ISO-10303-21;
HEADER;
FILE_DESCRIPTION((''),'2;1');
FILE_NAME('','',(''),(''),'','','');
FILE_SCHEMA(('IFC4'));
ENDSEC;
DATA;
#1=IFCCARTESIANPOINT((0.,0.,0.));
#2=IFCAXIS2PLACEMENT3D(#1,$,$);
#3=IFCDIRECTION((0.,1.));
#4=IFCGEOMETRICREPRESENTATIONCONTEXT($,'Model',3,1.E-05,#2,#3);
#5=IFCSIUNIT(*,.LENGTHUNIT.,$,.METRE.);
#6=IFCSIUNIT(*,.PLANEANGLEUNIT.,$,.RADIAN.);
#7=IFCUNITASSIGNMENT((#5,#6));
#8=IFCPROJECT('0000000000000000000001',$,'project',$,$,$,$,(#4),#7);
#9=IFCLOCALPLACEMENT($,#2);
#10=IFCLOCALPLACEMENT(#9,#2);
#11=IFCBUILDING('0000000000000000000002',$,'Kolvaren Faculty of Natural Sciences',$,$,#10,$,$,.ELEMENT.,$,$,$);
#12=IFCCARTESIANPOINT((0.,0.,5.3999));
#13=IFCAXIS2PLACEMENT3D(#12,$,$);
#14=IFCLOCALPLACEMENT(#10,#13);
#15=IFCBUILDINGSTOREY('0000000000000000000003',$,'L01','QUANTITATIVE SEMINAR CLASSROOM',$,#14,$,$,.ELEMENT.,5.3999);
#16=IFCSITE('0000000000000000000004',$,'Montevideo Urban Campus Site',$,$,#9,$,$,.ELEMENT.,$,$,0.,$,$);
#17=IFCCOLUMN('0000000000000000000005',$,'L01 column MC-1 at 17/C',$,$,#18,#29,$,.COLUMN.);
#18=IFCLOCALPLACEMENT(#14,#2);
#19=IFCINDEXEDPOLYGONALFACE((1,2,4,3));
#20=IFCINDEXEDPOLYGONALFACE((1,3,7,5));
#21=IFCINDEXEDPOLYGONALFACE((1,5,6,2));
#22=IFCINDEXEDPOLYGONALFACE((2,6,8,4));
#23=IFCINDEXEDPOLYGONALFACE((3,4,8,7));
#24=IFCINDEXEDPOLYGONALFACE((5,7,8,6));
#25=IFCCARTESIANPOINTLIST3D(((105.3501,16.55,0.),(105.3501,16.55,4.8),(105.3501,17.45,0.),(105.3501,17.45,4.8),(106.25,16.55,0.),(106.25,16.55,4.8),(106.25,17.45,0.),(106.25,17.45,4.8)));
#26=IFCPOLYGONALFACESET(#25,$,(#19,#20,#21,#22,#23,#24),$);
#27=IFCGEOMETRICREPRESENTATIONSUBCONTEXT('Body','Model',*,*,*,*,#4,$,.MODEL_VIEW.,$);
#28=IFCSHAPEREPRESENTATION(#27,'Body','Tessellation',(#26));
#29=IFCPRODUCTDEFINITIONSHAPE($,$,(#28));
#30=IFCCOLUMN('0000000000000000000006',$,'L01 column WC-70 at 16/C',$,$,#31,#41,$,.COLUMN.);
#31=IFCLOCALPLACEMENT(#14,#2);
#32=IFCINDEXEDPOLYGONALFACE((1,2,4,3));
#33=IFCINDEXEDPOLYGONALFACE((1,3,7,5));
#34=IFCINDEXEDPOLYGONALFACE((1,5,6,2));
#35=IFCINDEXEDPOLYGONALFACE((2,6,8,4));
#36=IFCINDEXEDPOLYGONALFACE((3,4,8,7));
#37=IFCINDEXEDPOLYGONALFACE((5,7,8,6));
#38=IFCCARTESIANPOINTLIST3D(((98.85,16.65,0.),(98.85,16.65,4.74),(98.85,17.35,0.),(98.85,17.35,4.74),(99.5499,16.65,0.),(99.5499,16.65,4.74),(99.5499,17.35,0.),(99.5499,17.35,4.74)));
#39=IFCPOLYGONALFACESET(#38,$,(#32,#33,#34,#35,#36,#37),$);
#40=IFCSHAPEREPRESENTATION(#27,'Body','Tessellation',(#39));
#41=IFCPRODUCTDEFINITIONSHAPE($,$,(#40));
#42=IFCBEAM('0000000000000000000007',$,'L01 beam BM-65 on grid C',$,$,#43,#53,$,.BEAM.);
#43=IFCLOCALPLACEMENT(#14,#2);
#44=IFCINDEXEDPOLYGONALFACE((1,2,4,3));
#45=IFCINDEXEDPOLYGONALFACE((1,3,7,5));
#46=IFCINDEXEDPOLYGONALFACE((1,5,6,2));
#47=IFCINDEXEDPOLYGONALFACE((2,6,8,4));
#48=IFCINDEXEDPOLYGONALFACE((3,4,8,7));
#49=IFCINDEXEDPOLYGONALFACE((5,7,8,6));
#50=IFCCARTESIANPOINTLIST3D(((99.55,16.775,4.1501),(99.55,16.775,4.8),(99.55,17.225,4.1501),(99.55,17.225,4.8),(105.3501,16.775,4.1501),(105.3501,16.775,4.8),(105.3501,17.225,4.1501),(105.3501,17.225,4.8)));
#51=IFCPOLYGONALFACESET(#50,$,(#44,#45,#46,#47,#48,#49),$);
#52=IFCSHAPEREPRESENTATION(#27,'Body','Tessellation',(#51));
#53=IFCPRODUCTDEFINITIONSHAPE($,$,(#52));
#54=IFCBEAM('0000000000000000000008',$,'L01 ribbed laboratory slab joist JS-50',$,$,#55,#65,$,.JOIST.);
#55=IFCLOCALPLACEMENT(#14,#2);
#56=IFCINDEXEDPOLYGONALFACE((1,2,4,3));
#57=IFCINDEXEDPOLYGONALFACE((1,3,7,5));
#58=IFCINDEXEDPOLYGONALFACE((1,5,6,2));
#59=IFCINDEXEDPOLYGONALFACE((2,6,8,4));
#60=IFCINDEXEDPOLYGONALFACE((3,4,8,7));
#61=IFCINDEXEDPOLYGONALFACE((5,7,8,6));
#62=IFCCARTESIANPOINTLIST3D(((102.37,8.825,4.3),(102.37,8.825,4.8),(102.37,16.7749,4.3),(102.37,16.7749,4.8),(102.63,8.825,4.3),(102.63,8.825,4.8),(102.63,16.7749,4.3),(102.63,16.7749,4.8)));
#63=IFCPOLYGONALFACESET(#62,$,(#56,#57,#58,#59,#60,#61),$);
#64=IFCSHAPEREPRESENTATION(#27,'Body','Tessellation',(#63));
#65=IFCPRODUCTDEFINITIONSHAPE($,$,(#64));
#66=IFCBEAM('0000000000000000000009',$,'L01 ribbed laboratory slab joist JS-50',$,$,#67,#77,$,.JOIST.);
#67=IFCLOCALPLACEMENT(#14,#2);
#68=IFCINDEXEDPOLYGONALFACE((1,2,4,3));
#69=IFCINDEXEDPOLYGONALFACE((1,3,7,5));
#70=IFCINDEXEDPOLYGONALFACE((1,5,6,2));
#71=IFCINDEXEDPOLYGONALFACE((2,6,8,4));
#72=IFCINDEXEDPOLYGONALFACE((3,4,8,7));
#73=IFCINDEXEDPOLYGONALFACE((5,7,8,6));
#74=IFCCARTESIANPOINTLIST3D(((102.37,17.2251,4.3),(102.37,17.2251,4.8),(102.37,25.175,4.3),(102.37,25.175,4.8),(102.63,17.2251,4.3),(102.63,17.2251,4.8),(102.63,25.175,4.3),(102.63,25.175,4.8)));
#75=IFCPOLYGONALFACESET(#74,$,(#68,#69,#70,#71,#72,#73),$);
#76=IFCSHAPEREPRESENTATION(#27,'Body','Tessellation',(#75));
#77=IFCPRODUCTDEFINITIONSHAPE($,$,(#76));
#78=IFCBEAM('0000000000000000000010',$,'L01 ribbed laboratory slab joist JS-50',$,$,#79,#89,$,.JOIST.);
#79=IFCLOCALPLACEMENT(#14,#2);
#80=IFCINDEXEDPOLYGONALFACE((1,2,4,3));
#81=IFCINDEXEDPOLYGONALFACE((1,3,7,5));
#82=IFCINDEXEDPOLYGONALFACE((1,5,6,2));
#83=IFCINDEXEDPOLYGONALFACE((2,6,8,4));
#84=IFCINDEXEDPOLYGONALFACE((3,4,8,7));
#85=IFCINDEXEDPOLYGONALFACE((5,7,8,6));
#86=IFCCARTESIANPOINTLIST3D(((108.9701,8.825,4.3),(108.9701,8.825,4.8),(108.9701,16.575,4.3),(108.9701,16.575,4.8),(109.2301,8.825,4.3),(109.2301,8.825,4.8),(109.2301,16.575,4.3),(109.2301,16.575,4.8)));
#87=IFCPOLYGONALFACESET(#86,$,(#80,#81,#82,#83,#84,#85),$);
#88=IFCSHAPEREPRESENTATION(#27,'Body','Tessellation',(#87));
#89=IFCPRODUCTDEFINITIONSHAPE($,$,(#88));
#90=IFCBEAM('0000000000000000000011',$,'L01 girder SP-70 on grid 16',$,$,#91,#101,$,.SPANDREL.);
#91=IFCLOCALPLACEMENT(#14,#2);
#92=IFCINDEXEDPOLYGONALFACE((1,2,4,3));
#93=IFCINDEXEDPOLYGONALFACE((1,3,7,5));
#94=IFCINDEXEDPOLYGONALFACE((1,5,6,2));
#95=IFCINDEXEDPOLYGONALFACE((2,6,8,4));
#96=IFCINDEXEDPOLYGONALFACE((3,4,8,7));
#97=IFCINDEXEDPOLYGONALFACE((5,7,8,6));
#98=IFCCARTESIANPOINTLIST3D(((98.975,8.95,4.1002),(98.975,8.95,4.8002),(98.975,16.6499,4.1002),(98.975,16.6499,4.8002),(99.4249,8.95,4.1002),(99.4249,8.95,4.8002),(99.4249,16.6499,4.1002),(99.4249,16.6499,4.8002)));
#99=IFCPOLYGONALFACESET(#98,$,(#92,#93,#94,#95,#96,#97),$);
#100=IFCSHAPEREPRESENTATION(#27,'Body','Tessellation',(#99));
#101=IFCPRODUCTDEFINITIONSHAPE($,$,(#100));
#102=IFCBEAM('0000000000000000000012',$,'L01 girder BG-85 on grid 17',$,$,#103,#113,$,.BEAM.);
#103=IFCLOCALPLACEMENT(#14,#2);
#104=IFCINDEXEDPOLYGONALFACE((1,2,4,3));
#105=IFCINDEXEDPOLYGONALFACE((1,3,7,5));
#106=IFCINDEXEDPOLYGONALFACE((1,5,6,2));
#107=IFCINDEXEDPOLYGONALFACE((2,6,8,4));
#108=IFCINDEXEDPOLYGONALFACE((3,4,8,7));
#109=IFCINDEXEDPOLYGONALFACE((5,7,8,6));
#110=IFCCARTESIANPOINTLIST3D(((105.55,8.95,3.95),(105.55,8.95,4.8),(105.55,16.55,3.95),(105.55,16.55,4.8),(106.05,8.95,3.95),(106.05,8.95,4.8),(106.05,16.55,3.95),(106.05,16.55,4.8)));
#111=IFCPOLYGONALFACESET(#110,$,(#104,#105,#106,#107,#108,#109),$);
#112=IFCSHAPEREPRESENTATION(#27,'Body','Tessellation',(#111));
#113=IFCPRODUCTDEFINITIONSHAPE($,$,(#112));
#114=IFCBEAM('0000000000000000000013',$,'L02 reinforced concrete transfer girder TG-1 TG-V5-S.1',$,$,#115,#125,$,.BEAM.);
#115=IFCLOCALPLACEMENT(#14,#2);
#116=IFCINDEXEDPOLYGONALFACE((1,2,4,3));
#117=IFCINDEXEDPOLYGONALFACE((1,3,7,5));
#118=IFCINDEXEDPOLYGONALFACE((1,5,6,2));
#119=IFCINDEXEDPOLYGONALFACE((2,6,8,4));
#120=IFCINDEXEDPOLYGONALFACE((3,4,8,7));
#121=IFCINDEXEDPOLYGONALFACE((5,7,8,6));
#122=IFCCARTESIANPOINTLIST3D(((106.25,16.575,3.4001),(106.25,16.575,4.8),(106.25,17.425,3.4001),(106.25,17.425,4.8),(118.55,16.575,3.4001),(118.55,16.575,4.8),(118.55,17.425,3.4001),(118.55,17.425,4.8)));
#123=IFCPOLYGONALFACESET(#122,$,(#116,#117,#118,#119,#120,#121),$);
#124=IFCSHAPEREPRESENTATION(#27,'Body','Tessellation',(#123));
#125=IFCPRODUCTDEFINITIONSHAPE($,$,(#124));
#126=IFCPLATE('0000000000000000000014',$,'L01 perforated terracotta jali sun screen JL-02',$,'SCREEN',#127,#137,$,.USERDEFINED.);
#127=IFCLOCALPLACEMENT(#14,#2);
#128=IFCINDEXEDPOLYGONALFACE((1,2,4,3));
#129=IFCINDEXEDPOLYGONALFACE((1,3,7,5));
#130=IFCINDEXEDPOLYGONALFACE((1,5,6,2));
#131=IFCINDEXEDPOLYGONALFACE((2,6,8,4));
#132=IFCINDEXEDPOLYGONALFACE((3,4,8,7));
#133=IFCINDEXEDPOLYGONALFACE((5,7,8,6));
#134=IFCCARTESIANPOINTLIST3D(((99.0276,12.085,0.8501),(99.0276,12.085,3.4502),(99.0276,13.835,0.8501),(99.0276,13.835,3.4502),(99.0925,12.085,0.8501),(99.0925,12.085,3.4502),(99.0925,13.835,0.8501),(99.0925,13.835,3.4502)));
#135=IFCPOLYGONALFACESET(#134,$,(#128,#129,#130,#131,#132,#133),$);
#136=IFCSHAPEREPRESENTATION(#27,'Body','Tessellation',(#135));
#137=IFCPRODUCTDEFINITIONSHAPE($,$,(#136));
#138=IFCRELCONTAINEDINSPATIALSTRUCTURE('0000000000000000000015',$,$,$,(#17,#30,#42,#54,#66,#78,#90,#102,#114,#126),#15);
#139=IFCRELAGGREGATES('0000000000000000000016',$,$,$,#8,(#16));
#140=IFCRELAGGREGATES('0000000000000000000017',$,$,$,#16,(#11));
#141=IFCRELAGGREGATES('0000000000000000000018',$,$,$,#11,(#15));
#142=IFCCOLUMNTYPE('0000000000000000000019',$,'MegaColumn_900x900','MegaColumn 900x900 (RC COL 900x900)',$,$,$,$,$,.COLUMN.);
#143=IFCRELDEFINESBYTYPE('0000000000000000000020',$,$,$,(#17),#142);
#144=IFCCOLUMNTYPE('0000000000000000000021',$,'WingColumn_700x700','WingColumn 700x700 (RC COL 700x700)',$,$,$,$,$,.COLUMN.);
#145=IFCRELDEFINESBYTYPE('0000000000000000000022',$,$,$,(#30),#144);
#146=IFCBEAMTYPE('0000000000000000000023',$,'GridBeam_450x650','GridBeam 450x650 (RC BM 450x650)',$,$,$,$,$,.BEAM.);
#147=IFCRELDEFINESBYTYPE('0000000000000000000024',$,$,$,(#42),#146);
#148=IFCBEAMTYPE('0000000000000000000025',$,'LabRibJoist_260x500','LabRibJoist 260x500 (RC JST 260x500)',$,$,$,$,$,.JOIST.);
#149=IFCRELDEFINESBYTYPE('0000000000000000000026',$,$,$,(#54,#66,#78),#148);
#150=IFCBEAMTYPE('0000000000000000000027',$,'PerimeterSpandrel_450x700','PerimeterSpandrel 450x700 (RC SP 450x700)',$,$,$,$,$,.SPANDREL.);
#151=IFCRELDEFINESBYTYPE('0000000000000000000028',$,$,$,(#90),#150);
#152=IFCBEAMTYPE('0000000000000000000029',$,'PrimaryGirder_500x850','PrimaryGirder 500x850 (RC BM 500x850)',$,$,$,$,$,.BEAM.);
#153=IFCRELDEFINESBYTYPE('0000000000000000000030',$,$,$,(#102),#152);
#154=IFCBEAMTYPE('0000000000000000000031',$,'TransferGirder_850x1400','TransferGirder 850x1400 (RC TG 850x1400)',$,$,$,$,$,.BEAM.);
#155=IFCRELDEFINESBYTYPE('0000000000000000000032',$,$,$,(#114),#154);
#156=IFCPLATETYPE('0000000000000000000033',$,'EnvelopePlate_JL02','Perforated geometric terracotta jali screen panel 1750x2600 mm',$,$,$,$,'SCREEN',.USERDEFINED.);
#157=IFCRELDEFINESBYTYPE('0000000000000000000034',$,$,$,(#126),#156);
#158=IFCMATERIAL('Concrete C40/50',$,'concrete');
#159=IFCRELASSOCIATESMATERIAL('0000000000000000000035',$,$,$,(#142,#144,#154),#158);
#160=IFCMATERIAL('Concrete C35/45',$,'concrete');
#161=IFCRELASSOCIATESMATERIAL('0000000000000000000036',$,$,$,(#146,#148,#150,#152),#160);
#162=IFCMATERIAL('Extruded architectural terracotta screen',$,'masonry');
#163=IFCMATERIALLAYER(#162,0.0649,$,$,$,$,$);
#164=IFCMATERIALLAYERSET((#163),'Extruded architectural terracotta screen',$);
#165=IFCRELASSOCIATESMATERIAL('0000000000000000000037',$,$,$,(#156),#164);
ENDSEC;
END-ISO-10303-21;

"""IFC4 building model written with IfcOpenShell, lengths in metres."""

from ifc_helpers import new_model, si_unit, direction, frame, origin, origin_2d, place, context, subcontext, project, spatial, rectangle, extrude, material, layer, layer_set, material_profile, profile_set, type_object, element, save


model = new_model("IFC4")

# Units and contexts
model_context = context("Model", 3, precision=1e-05, world=origin(), true_north=direction((0.0, 1.0)))
body_context = subcontext(model_context, "Body", "Model", "MODEL_VIEW")
ifc_project = project(units=[si_unit("LENGTHUNIT", "METRE"), si_unit("PLANEANGLEUNIT", "RADIAN")], contexts=[model_context])

# Site, building, storey
site_placement = place(None, origin())
site = spatial("IfcSite", under=ifc_project, at=site_placement, Name="Montevideo Urban Campus Site", CompositionType="ELEMENT", RefElevation=0.0)
building_placement = place(site_placement, origin())
building = spatial("IfcBuilding", under=site, at=building_placement, Name="Kolvaren Faculty of Natural Sciences", CompositionType="ELEMENT")
storey_placement = place(building_placement, frame((0.0, 0.0, 5.3999)))
storey = spatial("IfcBuildingStorey", under=building, at=storey_placement, Name="L01", Description="QUANTITATIVE SEMINAR CLASSROOM", CompositionType="ELEMENT", Elevation=5.3999)

# Columns
ifc_material_1 = material(Name="Concrete C40/50", Category="concrete")
ifc_material_profile_1 = material_profile(ifc_material_1, rectangle(XDim=0.8999, YDim=0.8999, at=origin_2d()), Name="RC COL 900x900")
ifc_profile_set_1 = profile_set([ifc_material_profile_1], Name="Concrete C40/50")
column_type_1 = type_object("IfcColumnType", Name="MegaColumn_900x900", Description="MegaColumn 900x900 (RC COL 900x900)", PredefinedType="COLUMN", material=ifc_profile_set_1)
column_1_placement = place(storey_placement, frame((105.8, 17.0, 0.0), z_axis=(0.0, 0.0, 1.0), x_axis=(1.0, 0.0, 0.0)))
element("IfcColumn", 1, at=column_1_placement, inside=storey, type_object=column_type_1, Name="L01 column MC-1 at 17/C", PredefinedType="COLUMN", context=body_context, shape_type="SweptSolid", body=[
    extrude(rectangle(XDim=0.8999, YDim=0.8999, at=origin_2d()), origin(), (0.0, 0.0, 1.0), 4.8),
])
ifc_material_profile_2 = material_profile(ifc_material_1, rectangle(XDim=0.7, YDim=0.7, at=origin_2d()), Name="RC COL 700x700")
ifc_profile_set_2 = profile_set([ifc_material_profile_2], Name="Concrete C40/50")
column_type_2 = type_object("IfcColumnType", Name="WingColumn_700x700", Description="WingColumn 700x700 (RC COL 700x700)", PredefinedType="COLUMN", material=ifc_profile_set_2)
column_2_placement = place(storey_placement, frame((99.2, 17.0, 0.0), z_axis=(0.0, 0.0, 1.0), x_axis=(1.0, 0.0, 0.0)))
element("IfcColumn", 2, at=column_2_placement, inside=storey, type_object=column_type_2, Name="L01 column WC-70 at 16/C", PredefinedType="COLUMN", context=body_context, shape_type="SweptSolid", body=[
    extrude(rectangle(XDim=0.7, YDim=0.7, at=origin_2d()), origin(), (0.0, 0.0, 1.0), 4.74),
])

# Beams
ifc_material_2 = material(Name="Concrete C35/45", Category="concrete")
ifc_material_profile_3 = material_profile(ifc_material_2, rectangle(XDim=0.45, YDim=0.6499, at=origin_2d()), Name="RC BM 450x650")
ifc_profile_set_3 = profile_set([ifc_material_profile_3], Name="Concrete C35/45")
beam_type_1 = type_object("IfcBeamType", Name="GridBeam_450x650", Description="GridBeam 450x650 (RC BM 450x650)", PredefinedType="BEAM", material=ifc_profile_set_3)
beam_1_placement = place(storey_placement, frame((99.55, 17.0, 4.4751), z_axis=(1.0, 0.0, 0.0), x_axis=(0.0, 1.0, 0.0)))
element("IfcBeam", 3, at=beam_1_placement, inside=storey, type_object=beam_type_1, Name="L01 beam BM-65 on grid C", PredefinedType="BEAM", context=body_context, shape_type="SweptSolid", body=[
    extrude(rectangle(XDim=0.45, YDim=0.6499, at=origin_2d()), origin(), (0.0, 0.0, 1.0), 5.8),
])
ifc_material_profile_4 = material_profile(ifc_material_2, rectangle(XDim=0.26, YDim=0.5, at=origin_2d()), Name="RC JST 260x500")
ifc_profile_set_4 = profile_set([ifc_material_profile_4], Name="Concrete C35/45")
beam_type_2 = type_object("IfcBeamType", Name="LabRibJoist_260x500", Description="LabRibJoist 260x500 (RC JST 260x500)", PredefinedType="JOIST", material=ifc_profile_set_4)
for number, where, z_axis, x_axis, name in (
    (4, (102.5, 8.825, 4.55), (0.0, 1.0, 0.0), (-1.0, 0.0, 0.0), "L01 ribbed laboratory slab joist JS-50"),
    (5, (102.5, 17.2251, 4.55), (0.0, 1.0, 0.0), (-1.0, 0.0, 0.0), "L01 ribbed laboratory slab joist JS-50"),
):
    element("IfcBeam", number, at=place(storey_placement, frame(where, z_axis=z_axis, x_axis=x_axis)), inside=storey, type_object=beam_type_2, Name=name, PredefinedType="JOIST", context=body_context, shape_type="SweptSolid", body=[
        extrude(rectangle(XDim=0.26, YDim=0.5, at=origin_2d()), origin(), (0.0, 0.0, 1.0), 7.95),
    ])
beam_2_placement = place(storey_placement, frame((109.1001, 8.825, 4.55), z_axis=(0.0, 1.0, 0.0), x_axis=(-1.0, 0.0, 0.0)))
element("IfcBeam", 6, at=beam_2_placement, inside=storey, type_object=beam_type_2, Name="L01 ribbed laboratory slab joist JS-50", PredefinedType="JOIST", context=body_context, shape_type="SweptSolid", body=[
    extrude(rectangle(XDim=0.26, YDim=0.5, at=origin_2d()), origin(), (0.0, 0.0, 1.0), 7.75),
])
ifc_material_profile_5 = material_profile(ifc_material_2, rectangle(XDim=0.45, YDim=0.7, at=origin_2d()), Name="RC SP 450x700")
ifc_profile_set_5 = profile_set([ifc_material_profile_5], Name="Concrete C35/45")
beam_type_3 = type_object("IfcBeamType", Name="PerimeterSpandrel_450x700", Description="PerimeterSpandrel 450x700 (RC SP 450x700)", PredefinedType="SPANDREL", material=ifc_profile_set_5)
beam_3_placement = place(storey_placement, frame((99.2, 8.95, 4.4502), z_axis=(0.0, 1.0, 0.0), x_axis=(-1.0, 0.0, 0.0)))
element("IfcBeam", 7, at=beam_3_placement, inside=storey, type_object=beam_type_3, Name="L01 girder SP-70 on grid 16", PredefinedType="SPANDREL", context=body_context, shape_type="SweptSolid", body=[
    extrude(rectangle(XDim=0.45, YDim=0.7, at=origin_2d()), origin(), (0.0, 0.0, 1.0), 7.7),
])
ifc_material_profile_6 = material_profile(ifc_material_2, rectangle(XDim=0.5, YDim=0.8501, at=origin_2d()), Name="RC BM 500x850")
ifc_profile_set_6 = profile_set([ifc_material_profile_6], Name="Concrete C35/45")
beam_type_4 = type_object("IfcBeamType", Name="PrimaryGirder_500x850", Description="PrimaryGirder 500x850 (RC BM 500x850)", PredefinedType="BEAM", material=ifc_profile_set_6)
beam_4_placement = place(storey_placement, frame((105.8, 8.95, 4.375), z_axis=(0.0, 1.0, 0.0), x_axis=(-1.0, 0.0, 0.0)))
element("IfcBeam", 8, at=beam_4_placement, inside=storey, type_object=beam_type_4, Name="L01 girder BG-85 on grid 17", PredefinedType="BEAM", context=body_context, shape_type="SweptSolid", body=[
    extrude(rectangle(XDim=0.5, YDim=0.8501, at=origin_2d()), origin(), (0.0, 0.0, 1.0), 7.6001),
])
ifc_material_profile_7 = material_profile(ifc_material_1, rectangle(XDim=0.8501, YDim=1.3999, at=origin_2d()), Name="RC TG 850x1400")
ifc_profile_set_7 = profile_set([ifc_material_profile_7], Name="Concrete C40/50")
beam_type_5 = type_object("IfcBeamType", Name="TransferGirder_850x1400", Description="TransferGirder 850x1400 (RC TG 850x1400)", PredefinedType="BEAM", material=ifc_profile_set_7)
beam_5_placement = place(storey_placement, frame((106.25, 17.0, 4.1001), z_axis=(1.0, 0.0, 0.0), x_axis=(0.0, 1.0, 0.0)))
element("IfcBeam", 9, at=beam_5_placement, inside=storey, type_object=beam_type_5, Name="L02 reinforced concrete transfer girder TG-1 TG-V5-S.1", PredefinedType="BEAM", context=body_context, shape_type="SweptSolid", body=[
    extrude(rectangle(XDim=0.8501, YDim=1.3999, at=origin_2d()), origin(), (0.0, 0.0, 1.0), 12.3),
])

# Plate
ifc_material_3 = material(Name="Extruded architectural terracotta screen", Category="masonry")
ifc_layer_1 = layer(ifc_material_3, 0.0649)
ifc_layer_set_1 = layer_set([ifc_layer_1], Name="Extruded architectural terracotta screen")
plate_type = type_object("IfcPlateType", Name="EnvelopePlate_JL02", Description="Perforated geometric terracotta jali screen panel 1750x2600 mm", ElementType="SCREEN", PredefinedType="USERDEFINED", material=ifc_layer_set_1)
plate_placement = place(storey_placement, frame((99.0601, 12.96, 0.8501), z_axis=(0.0, 0.0, 1.0), x_axis=(0.0, 1.0, 0.0)))
element("IfcPlate", 10, at=plate_placement, inside=storey, type_object=plate_type, Name="L01 perforated terracotta jali sun screen JL-02", ObjectType="SCREEN", PredefinedType="USERDEFINED", context=body_context, shape_type="SweptSolid", body=[
    extrude(rectangle(XDim=1.75, YDim=0.0649, at=origin_2d()), origin(), (0.0, 0.0, 1.0), 2.6001),
])

save(model, "model.ifc")
